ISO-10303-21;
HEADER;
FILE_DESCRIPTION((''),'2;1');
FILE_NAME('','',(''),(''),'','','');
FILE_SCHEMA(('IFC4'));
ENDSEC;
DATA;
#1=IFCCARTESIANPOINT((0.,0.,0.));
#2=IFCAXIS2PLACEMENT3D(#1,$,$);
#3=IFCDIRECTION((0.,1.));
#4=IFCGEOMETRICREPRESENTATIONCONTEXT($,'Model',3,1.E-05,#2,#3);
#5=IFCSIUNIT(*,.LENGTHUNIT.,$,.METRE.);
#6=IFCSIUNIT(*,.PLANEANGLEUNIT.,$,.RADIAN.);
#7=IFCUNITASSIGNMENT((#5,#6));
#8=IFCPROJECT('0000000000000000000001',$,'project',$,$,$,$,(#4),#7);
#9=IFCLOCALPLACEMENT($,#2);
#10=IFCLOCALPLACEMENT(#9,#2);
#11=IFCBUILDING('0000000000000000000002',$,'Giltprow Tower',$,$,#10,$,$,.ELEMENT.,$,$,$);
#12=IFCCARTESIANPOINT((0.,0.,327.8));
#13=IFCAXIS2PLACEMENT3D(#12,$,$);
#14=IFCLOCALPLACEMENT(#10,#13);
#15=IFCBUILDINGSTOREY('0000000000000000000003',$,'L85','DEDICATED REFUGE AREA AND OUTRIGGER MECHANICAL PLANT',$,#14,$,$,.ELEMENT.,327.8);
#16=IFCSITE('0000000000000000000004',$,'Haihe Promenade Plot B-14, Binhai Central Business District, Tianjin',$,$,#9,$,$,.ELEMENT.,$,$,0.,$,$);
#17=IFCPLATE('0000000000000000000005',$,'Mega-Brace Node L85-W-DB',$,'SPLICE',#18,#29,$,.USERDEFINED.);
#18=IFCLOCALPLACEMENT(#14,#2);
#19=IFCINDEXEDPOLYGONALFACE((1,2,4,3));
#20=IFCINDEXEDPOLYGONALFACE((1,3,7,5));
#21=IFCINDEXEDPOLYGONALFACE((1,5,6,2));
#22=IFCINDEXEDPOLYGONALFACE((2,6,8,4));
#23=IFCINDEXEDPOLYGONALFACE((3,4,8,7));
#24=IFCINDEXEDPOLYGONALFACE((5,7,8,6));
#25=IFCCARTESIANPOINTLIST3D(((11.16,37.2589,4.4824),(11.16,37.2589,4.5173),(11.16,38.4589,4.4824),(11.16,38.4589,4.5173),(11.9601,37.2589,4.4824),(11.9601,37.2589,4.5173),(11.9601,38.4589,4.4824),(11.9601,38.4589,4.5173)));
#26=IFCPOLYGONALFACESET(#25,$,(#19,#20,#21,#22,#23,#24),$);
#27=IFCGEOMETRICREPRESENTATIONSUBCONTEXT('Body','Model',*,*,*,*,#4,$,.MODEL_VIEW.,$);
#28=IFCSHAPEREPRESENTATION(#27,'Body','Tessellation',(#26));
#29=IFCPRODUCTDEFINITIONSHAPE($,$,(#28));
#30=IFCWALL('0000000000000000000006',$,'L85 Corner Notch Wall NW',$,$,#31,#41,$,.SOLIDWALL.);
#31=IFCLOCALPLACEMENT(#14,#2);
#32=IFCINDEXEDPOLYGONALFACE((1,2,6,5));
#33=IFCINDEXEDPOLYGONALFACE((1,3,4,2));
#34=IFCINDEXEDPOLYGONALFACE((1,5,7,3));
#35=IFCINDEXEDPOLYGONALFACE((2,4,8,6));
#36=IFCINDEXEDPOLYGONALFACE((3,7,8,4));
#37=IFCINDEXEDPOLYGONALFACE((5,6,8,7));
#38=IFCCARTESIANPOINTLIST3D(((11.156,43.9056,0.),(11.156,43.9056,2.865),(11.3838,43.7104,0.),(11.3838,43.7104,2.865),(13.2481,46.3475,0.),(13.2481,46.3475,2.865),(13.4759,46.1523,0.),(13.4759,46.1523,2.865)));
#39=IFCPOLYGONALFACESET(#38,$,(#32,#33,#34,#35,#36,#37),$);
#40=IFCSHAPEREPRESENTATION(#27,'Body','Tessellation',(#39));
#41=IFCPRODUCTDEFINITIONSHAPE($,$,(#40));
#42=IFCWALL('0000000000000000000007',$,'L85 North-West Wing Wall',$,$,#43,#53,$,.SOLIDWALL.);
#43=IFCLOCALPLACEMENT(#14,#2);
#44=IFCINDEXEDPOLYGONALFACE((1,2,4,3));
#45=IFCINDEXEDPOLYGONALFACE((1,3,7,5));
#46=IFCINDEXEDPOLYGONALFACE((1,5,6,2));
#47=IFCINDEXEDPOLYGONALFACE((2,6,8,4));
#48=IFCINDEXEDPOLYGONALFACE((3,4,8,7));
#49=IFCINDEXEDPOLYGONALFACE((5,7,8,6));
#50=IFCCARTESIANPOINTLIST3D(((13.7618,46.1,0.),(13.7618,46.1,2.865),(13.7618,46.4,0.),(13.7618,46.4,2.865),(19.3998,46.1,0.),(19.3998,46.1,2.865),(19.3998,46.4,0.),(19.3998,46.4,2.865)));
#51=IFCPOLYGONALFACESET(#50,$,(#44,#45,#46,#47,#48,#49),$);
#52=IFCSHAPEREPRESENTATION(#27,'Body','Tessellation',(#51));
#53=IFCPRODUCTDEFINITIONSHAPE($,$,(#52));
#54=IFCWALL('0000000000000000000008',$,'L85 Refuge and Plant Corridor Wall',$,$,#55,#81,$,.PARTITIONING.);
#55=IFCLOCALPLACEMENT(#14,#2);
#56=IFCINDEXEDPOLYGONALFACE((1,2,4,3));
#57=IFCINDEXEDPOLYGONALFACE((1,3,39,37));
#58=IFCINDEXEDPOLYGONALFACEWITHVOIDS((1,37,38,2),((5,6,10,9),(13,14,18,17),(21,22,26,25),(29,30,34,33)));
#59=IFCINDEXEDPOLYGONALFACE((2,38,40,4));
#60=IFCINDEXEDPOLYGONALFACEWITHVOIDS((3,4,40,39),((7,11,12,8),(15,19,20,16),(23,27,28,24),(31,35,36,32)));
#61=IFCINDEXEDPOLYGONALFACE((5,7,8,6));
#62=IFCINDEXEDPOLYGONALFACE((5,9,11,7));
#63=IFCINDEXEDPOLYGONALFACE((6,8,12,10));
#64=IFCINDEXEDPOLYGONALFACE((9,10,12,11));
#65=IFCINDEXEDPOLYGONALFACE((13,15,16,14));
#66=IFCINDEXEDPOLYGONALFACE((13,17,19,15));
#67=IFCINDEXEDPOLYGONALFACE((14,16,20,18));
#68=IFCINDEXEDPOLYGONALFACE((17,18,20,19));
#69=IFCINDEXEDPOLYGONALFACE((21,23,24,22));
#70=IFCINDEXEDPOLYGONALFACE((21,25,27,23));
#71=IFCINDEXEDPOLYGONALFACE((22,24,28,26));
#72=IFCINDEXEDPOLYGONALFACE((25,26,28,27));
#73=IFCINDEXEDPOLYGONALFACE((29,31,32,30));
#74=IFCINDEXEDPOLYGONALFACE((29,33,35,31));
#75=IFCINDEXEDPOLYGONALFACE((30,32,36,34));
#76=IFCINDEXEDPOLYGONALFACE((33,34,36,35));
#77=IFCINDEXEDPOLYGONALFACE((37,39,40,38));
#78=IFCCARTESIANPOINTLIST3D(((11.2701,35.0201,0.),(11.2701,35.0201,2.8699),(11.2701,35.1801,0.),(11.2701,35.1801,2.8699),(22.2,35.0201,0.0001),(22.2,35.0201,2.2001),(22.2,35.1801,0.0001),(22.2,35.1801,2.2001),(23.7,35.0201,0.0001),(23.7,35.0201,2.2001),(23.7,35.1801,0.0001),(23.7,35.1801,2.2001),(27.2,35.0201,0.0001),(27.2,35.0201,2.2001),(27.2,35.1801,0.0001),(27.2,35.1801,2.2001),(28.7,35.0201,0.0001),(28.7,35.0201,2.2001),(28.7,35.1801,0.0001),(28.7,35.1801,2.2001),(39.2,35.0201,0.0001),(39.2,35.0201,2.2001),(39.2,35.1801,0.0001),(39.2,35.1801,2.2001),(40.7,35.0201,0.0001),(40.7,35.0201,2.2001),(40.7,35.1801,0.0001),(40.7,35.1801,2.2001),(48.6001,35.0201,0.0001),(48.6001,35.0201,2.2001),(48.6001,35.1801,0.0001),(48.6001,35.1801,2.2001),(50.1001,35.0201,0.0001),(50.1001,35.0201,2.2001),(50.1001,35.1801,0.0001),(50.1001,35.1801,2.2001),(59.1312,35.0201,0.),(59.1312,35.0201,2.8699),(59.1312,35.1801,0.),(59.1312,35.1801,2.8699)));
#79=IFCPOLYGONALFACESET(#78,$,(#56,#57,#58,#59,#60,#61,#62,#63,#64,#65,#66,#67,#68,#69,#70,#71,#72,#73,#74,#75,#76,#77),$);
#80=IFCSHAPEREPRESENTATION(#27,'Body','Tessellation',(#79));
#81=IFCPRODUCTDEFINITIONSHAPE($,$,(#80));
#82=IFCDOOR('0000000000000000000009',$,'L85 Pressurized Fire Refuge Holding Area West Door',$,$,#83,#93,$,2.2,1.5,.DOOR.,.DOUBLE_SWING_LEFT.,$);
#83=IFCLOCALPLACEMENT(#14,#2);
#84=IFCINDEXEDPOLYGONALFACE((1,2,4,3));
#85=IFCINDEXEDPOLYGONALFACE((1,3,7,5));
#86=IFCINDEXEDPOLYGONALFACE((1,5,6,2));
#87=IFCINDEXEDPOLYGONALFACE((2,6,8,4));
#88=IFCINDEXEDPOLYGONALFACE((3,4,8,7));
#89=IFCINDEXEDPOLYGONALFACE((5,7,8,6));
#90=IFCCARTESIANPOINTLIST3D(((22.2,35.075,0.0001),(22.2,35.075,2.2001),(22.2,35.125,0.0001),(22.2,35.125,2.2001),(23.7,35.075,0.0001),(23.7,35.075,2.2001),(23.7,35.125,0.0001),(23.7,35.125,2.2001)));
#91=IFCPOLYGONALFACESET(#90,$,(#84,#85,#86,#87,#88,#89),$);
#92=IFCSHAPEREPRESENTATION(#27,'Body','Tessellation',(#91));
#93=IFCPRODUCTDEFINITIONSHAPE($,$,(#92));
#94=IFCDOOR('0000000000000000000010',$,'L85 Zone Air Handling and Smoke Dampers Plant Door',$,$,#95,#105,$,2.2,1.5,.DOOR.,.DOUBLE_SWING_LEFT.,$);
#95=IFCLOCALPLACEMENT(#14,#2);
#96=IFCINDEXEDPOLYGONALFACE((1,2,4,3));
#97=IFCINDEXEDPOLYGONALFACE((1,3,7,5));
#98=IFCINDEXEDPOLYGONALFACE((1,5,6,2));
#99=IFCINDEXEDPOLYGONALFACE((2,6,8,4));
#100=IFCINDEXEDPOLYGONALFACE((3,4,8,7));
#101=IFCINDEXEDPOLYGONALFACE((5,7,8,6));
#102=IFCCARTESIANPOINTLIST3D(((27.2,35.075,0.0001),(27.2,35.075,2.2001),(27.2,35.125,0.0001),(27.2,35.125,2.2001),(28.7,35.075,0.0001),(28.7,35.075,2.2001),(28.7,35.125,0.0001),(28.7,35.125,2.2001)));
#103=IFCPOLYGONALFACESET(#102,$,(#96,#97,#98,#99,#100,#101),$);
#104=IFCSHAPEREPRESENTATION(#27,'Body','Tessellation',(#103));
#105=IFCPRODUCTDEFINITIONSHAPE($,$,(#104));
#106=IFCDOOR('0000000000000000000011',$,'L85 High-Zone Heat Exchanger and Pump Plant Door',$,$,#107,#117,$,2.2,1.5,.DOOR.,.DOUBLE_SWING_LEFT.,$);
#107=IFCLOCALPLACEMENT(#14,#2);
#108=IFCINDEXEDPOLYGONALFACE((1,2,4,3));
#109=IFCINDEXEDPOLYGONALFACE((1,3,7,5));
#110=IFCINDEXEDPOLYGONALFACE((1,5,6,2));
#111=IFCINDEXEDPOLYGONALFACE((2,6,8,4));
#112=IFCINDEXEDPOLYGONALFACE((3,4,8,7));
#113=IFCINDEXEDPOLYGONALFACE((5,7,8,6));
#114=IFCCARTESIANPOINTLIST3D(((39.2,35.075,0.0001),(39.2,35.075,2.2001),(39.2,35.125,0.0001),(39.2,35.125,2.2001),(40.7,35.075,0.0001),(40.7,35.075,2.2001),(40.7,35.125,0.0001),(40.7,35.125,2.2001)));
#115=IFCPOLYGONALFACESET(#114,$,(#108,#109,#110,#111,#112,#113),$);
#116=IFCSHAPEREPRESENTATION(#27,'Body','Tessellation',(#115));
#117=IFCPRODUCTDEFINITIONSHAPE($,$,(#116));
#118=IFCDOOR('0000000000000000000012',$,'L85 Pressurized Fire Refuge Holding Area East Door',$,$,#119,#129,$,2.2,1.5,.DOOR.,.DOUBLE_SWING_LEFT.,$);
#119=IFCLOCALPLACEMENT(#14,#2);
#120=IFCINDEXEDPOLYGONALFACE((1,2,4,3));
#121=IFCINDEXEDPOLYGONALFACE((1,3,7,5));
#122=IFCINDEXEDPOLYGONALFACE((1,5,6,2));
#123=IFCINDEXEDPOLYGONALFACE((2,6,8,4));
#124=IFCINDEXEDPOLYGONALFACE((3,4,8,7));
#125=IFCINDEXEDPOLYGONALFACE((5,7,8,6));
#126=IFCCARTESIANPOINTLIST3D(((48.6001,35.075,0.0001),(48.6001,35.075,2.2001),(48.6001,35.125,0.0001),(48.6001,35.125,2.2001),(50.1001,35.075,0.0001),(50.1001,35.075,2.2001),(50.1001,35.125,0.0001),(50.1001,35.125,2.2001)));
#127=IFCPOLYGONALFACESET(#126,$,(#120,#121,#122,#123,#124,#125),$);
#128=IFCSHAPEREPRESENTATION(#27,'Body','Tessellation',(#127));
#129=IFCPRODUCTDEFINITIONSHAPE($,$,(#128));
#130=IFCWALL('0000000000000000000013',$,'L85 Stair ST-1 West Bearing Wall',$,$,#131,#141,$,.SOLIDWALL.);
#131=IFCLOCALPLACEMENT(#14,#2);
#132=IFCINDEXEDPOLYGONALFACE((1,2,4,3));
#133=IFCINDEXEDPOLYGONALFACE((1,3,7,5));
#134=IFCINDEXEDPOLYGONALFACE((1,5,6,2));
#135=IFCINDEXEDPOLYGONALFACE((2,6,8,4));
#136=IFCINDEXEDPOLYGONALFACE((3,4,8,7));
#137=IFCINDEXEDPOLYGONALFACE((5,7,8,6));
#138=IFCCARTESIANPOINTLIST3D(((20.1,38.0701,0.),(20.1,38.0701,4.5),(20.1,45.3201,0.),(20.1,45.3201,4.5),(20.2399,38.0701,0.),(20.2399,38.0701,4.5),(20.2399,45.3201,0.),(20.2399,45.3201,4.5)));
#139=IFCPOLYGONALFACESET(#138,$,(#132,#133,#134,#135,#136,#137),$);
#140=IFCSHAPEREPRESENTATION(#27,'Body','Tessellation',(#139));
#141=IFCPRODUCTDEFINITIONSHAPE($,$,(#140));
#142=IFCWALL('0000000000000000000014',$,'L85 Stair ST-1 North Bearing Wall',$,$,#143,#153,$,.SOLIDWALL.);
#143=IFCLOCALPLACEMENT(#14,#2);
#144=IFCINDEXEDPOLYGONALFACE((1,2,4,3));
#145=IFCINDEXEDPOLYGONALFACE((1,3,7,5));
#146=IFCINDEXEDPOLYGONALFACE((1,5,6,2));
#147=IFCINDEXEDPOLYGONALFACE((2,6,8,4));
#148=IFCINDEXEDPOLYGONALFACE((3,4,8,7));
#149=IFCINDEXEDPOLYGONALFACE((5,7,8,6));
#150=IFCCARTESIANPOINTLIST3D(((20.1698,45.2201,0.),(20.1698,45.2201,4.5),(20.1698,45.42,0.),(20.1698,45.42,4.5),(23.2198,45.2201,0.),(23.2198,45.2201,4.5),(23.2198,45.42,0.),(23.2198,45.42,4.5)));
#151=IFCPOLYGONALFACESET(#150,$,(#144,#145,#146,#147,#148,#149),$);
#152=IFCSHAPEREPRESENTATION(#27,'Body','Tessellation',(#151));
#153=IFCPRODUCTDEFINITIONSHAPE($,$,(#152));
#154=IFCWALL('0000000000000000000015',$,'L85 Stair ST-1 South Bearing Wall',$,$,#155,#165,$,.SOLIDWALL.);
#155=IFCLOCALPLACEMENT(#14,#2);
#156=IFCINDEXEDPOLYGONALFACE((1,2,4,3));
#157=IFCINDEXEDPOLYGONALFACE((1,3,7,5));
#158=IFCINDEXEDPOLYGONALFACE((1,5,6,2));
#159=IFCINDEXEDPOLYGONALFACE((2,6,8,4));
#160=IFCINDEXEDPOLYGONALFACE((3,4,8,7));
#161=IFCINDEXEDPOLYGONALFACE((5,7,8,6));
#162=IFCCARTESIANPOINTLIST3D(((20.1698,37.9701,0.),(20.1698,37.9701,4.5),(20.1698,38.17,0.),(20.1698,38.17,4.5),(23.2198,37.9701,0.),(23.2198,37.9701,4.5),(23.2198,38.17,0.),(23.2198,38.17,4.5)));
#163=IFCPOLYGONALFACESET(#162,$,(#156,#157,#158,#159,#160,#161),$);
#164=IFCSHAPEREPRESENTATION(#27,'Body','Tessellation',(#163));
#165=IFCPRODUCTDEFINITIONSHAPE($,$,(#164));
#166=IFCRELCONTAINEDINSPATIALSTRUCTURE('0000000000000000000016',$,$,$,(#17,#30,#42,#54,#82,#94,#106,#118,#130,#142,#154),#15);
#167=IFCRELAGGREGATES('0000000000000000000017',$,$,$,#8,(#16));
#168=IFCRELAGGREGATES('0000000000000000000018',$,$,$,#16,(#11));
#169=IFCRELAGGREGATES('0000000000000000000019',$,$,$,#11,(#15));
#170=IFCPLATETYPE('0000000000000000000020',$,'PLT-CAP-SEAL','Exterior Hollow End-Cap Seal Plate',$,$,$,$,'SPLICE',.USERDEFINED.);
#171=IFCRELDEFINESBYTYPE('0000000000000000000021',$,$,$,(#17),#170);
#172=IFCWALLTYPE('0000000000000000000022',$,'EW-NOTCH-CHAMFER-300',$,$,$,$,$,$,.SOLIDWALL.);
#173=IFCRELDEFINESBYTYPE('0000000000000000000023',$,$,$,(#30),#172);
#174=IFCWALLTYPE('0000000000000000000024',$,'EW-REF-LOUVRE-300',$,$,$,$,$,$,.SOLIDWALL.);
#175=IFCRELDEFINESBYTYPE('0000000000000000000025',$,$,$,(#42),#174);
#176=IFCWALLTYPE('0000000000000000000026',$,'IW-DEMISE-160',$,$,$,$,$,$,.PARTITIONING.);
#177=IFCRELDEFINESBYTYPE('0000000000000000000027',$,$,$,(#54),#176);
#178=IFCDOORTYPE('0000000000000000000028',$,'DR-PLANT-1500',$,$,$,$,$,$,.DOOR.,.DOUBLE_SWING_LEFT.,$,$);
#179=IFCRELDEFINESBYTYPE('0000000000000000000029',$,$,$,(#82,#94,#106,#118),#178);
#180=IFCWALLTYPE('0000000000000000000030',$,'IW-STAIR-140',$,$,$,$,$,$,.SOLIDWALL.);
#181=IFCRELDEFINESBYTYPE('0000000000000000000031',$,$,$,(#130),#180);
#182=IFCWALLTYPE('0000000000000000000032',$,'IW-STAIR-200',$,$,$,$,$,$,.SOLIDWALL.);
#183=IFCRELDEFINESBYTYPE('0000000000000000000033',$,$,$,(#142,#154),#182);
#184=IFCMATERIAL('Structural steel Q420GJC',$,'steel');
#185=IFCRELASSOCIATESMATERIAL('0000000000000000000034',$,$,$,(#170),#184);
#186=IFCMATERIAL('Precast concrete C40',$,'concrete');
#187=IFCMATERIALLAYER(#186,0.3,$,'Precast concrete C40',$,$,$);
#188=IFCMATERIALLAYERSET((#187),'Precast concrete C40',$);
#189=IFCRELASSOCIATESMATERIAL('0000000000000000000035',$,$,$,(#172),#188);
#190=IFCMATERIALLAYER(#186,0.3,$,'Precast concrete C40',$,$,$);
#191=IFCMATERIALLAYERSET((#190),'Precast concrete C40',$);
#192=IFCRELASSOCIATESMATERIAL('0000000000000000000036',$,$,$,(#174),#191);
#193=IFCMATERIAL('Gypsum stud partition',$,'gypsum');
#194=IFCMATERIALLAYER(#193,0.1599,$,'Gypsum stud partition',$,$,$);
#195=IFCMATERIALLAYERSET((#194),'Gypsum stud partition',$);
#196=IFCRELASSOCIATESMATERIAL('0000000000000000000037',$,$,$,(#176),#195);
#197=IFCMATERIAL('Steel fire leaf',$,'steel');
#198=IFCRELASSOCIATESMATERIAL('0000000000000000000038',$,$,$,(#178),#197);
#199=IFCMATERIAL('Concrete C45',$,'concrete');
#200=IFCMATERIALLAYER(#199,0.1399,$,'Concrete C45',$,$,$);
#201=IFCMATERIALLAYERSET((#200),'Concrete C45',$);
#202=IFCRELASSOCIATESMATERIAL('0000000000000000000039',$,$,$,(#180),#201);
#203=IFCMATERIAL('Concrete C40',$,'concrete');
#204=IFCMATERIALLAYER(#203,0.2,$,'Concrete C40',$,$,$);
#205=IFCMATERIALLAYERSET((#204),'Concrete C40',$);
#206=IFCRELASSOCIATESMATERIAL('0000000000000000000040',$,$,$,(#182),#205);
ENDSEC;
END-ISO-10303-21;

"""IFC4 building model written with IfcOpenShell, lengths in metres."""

from ifc_helpers import new_model, si_unit, direction, frame, frame_2d, origin, origin_2d, place, context, subcontext, project, spatial, rectangle, extrude, source, transform, mapped, material, layer, layer_set, type_object, element, fill, save


model = new_model("IFC4")

# Units and contexts
model_context = context("Model", 3, precision=1e-05, world=origin(), true_north=direction((0.0, 1.0)))
body_context = subcontext(model_context, "Body", "Model", "MODEL_VIEW")
ifc_project = project(units=[si_unit("LENGTHUNIT", "METRE"), si_unit("PLANEANGLEUNIT", "RADIAN")], contexts=[model_context])

# Site, building, storey
site_placement = place(None, origin())
site = spatial("IfcSite", under=ifc_project, at=site_placement, Name="Haihe Promenade Plot B-14, Binhai Central Business District, Tianjin", CompositionType="ELEMENT", RefElevation=0.0)
building_placement = place(site_placement, origin())
building = spatial("IfcBuilding", under=site, at=building_placement, Name="Giltprow Tower", CompositionType="ELEMENT")
storey_placement = place(building_placement, frame((0.0, 0.0, 327.8)))
storey = spatial("IfcBuildingStorey", under=building, at=storey_placement, Name="L85", Description="DEDICATED REFUGE AREA AND OUTRIGGER MECHANICAL PLANT", CompositionType="ELEMENT", Elevation=327.8)

# Shared definitions
ifc_material_1 = material(Name="Concrete C45", Category="concrete")
ifc_material_2 = material(Name="Structural steel Q420GJC", Category="steel")

# Plate
plate_type_1 = type_object("IfcPlateType", Name="PLT-CAP-SEAL", Description="Exterior Hollow End-Cap Seal Plate", ElementType="SPLICE", PredefinedType="USERDEFINED", material=ifc_material_2)
shared_shape_1 = source(origin(), body_context, "Body", "SweptSolid", [
    extrude(rectangle(XDim=1.2, YDim=0.8, at=origin_2d()), origin(), (0.0, 0.0, 1.0), 0.0349),
])
plate_1_placement = place(storey_placement, frame((11.5601, 37.8589, 4.4824), z_axis=(0.0, 0.0, 1.0), x_axis=(0.0, 1.0, 0.0)))
element("IfcPlate", 1, at=plate_1_placement, inside=storey, type_object=plate_type_1, Name="Mega-Brace Node L85-W-DB", ObjectType="SPLICE", PredefinedType="USERDEFINED", context=body_context, shape_type="MappedRepresentation", body=[
    mapped(shared_shape_1, transform((0.0, 0.0, 0.0), x_axis=(1.0, 0.0, 0.0), y_axis=(0.0, 1.0, 0.0), z_axis=(0.0, 0.0, 1.0), scale=1.0)),
])

# Walls
ifc_material_3 = material(Name="Precast concrete C40", Category="concrete")
ifc_layer_1 = layer(ifc_material_3, 0.3, Name="Precast concrete C40")
ifc_layer_set_1 = layer_set([ifc_layer_1], Name="Precast concrete C40")
wall_type_1 = type_object("IfcWallType", Name="EW-NOTCH-CHAMFER-300", PredefinedType="SOLIDWALL", material=ifc_layer_set_1)
wall_1_placement = place(storey_placement, frame((13.3621, 46.25, 0.0), z_axis=(0.0, 0.0, 1.0), x_axis=(-0.65061, -0.759412, 0.0)))
element("IfcWall", 2, at=wall_1_placement, inside=storey, type_object=wall_type_1, Name="L85 Corner Notch Wall NW", PredefinedType="SOLIDWALL", context=body_context, shape_type="SweptSolid", body=[
    extrude(rectangle(XDim=3.2156, YDim=0.3, at=frame_2d((1.6079, 0.0))), origin(), (0.0, 0.0, 1.0), 2.865),
])
ifc_layer_2 = layer(ifc_material_3, 0.3, Name="Precast concrete C40")
ifc_layer_set_2 = layer_set([ifc_layer_2], Name="Precast concrete C40")
wall_type_2 = type_object("IfcWallType", Name="EW-REF-LOUVRE-300", PredefinedType="SOLIDWALL", material=ifc_layer_set_2)
wall_2_placement = place(storey_placement, frame((13.762, 46.25, 0.0), z_axis=(0.0, 0.0, 1.0), x_axis=(1.0, 0.0, 0.0)))
element("IfcWall", 3, at=wall_2_placement, inside=storey, type_object=wall_type_2, Name="L85 North-West Wing Wall", PredefinedType="SOLIDWALL", context=body_context, shape_type="SweptSolid", body=[
    extrude(rectangle(XDim=5.6379, YDim=0.3, at=frame_2d((2.8188, 0.0))), origin(), (0.0, 0.0, 1.0), 2.865),
])

# Wall, openings, doors
ifc_material_4 = material(Name="Gypsum stud partition", Category="gypsum")
ifc_layer_3 = layer(ifc_material_4, 0.1599, Name="Gypsum stud partition")
ifc_layer_set_3 = layer_set([ifc_layer_3], Name="Gypsum stud partition")
wall_type_3 = type_object("IfcWallType", Name="IW-DEMISE-160", PredefinedType="PARTITIONING", material=ifc_layer_set_3)
wall_3_placement = place(storey_placement, frame((11.27, 35.1001, 0.0), z_axis=(0.0, 0.0, 1.0), x_axis=(1.0, 0.0, 0.0)))
wall_3 = element("IfcWall", 4, at=wall_3_placement, inside=storey, type_object=wall_type_3, Name="L85 Refuge and Plant Corridor Wall", PredefinedType="PARTITIONING", context=body_context, shape_type="SweptSolid", body=[
    extrude(rectangle(XDim=47.8611, YDim=0.1599, at=frame_2d((23.9307, 0.0))), origin(), (0.0, 0.0, 1.0), 2.8699),
])
opening_1_placement = place(wall_3_placement, frame((10.9299, 0.0, 0.0)))
opening_1 = element("IfcOpeningElement", 5, at=opening_1_placement, cuts=wall_3, PredefinedType="OPENING", context=body_context, shape_type="SweptSolid", body=[
    extrude(rectangle(XDim=1.5, YDim=2.2, at=frame_2d((0.75, 1.1001))), frame((0.0, 0.0898, 0.0), z_axis=(0.0, -1.0, 0.0), x_axis=(1.0, 0.0, 0.0)), (0.0, 0.0, 1.0), 0.1799),
])
opening_2_placement = place(wall_3_placement, frame((15.9299, 0.0, 0.0)))
opening_2 = element("IfcOpeningElement", 6, at=opening_2_placement, cuts=wall_3, PredefinedType="OPENING", context=body_context, shape_type="SweptSolid", body=[
    extrude(rectangle(XDim=1.5, YDim=2.2, at=frame_2d((0.75, 1.1001))), frame((0.0, 0.0898, 0.0), z_axis=(0.0, -1.0, 0.0), x_axis=(1.0, 0.0, 0.0)), (0.0, 0.0, 1.0), 0.1799),
])
opening_3_placement = place(wall_3_placement, frame((27.9299, 0.0, 0.0)))
opening_3 = element("IfcOpeningElement", 7, at=opening_3_placement, cuts=wall_3, PredefinedType="OPENING", context=body_context, shape_type="SweptSolid", body=[
    extrude(rectangle(XDim=1.5, YDim=2.2, at=frame_2d((0.75, 1.1001))), frame((0.0, 0.0898, 0.0), z_axis=(0.0, -1.0, 0.0), x_axis=(1.0, 0.0, 0.0)), (0.0, 0.0, 1.0), 0.1799),
])
opening_4_placement = place(wall_3_placement, frame((37.3301, 0.0, 0.0)))
opening_4 = element("IfcOpeningElement", 8, at=opening_4_placement, cuts=wall_3, PredefinedType="OPENING", context=body_context, shape_type="SweptSolid", body=[
    extrude(rectangle(XDim=1.5, YDim=2.2, at=frame_2d((0.75, 1.1001))), frame((0.0, 0.0898, 0.0), z_axis=(0.0, -1.0, 0.0), x_axis=(1.0, 0.0, 0.0)), (0.0, 0.0, 1.0), 0.1799),
])
ifc_material_5 = material(Name="Steel fire leaf", Category="steel")
door_type_1 = type_object("IfcDoorType", Name="DR-PLANT-1500", OperationType="DOUBLE_SWING_LEFT", PredefinedType="DOOR", material=ifc_material_5)
shared_shape_2 = source(origin(), body_context, "Body", "SweptSolid", [
    extrude(rectangle(XDim=1.5, YDim=2.2, at=frame_2d((0.75, 1.1001))), frame((0.0, 0.0249, 0.0), z_axis=(0.0, -1.0, 0.0), x_axis=(1.0, 0.0, 0.0)), (0.0, 0.0, 1.0), 0.05),
])
door_1_placement = place(opening_1_placement, origin())
door_1 = element("IfcDoor", 9, at=door_1_placement, inside=storey, type_object=door_type_1, Name="L85 Pressurized Fire Refuge Holding Area West Door", OperationType="DOUBLE_SWING_LEFT", OverallHeight=2.2, OverallWidth=1.5, PredefinedType="DOOR", context=body_context, shape_type="MappedRepresentation", body=[
    mapped(shared_shape_2, transform((0.0, 0.0, 0.0), x_axis=(1.0, 0.0, 0.0), y_axis=(0.0, 1.0, 0.0), z_axis=(0.0, 0.0, 1.0), scale=1.0)),
])
fill(opening_1, door_1)
door_2_placement = place(opening_2_placement, origin())
door_2 = element("IfcDoor", 10, at=door_2_placement, inside=storey, type_object=door_type_1, Name="L85 Zone Air Handling and Smoke Dampers Plant Door", OperationType="DOUBLE_SWING_LEFT", OverallHeight=2.2, OverallWidth=1.5, PredefinedType="DOOR", context=body_context, shape_type="MappedRepresentation", body=[
    mapped(shared_shape_2, transform((0.0, 0.0, 0.0), x_axis=(1.0, 0.0, 0.0), y_axis=(0.0, 1.0, 0.0), z_axis=(0.0, 0.0, 1.0), scale=1.0)),
])
fill(opening_2, door_2)
door_3_placement = place(opening_3_placement, origin())
door_3 = element("IfcDoor", 11, at=door_3_placement, inside=storey, type_object=door_type_1, Name="L85 High-Zone Heat Exchanger and Pump Plant Door", OperationType="DOUBLE_SWING_LEFT", OverallHeight=2.2, OverallWidth=1.5, PredefinedType="DOOR", context=body_context, shape_type="MappedRepresentation", body=[
    mapped(shared_shape_2, transform((0.0, 0.0, 0.0), x_axis=(1.0, 0.0, 0.0), y_axis=(0.0, 1.0, 0.0), z_axis=(0.0, 0.0, 1.0), scale=1.0)),
])
fill(opening_3, door_3)
door_4_placement = place(opening_4_placement, origin())
door_4 = element("IfcDoor", 12, at=door_4_placement, inside=storey, type_object=door_type_1, Name="L85 Pressurized Fire Refuge Holding Area East Door", OperationType="DOUBLE_SWING_LEFT", OverallHeight=2.2, OverallWidth=1.5, PredefinedType="DOOR", context=body_context, shape_type="MappedRepresentation", body=[
    mapped(shared_shape_2, transform((0.0, 0.0, 0.0), x_axis=(1.0, 0.0, 0.0), y_axis=(0.0, 1.0, 0.0), z_axis=(0.0, 0.0, 1.0), scale=1.0)),
])
fill(opening_4, door_4)

# Walls
ifc_layer_4 = layer(ifc_material_1, 0.1399, Name="Concrete C45")
ifc_layer_set_4 = layer_set([ifc_layer_4], Name="Concrete C45")
wall_type_4 = type_object("IfcWallType", Name="IW-STAIR-140", PredefinedType="SOLIDWALL", material=ifc_layer_set_4)
wall_4_placement = place(storey_placement, frame((20.1699, 38.0701, 0.0), z_axis=(0.0, 0.0, 1.0), x_axis=(0.0, 1.0, 0.0)))
element("IfcWall", 13, at=wall_4_placement, inside=storey, type_object=wall_type_4, Name="L85 Stair ST-1 West Bearing Wall", PredefinedType="SOLIDWALL", context=body_context, shape_type="SweptSolid", body=[
    extrude(rectangle(XDim=7.25, YDim=0.1399, at=frame_2d((3.625, 0.0))), origin(), (0.0, 0.0, 1.0), 4.5),
])
ifc_material_6 = material(Name="Concrete C40", Category="concrete")
ifc_layer_5 = layer(ifc_material_6, 0.2, Name="Concrete C40")
ifc_layer_set_5 = layer_set([ifc_layer_5], Name="Concrete C40")
wall_type_5 = type_object("IfcWallType", Name="IW-STAIR-200", PredefinedType="SOLIDWALL", material=ifc_layer_set_5)
for number, where, z_axis, x_axis, name in (
    (14, (20.1699, 45.3201, 0.0), (0.0, 0.0, 1.0), (1.0, 0.0, 0.0), "L85 Stair ST-1 North Bearing Wall"),
    (15, (20.1699, 38.0701, 0.0), (0.0, 0.0, 1.0), (1.0, 0.0, 0.0), "L85 Stair ST-1 South Bearing Wall"),
):
    element("IfcWall", number, at=place(storey_placement, frame(where, z_axis=z_axis, x_axis=x_axis)), inside=storey, type_object=wall_type_5, Name=name, PredefinedType="SOLIDWALL", context=body_context, shape_type="SweptSolid", body=[
        extrude(rectangle(XDim=3.05, YDim=0.2, at=frame_2d((1.5249, 0.0))), origin(), (0.0, 0.0, 1.0), 4.5),
    ])

save(model, "model.ifc")
